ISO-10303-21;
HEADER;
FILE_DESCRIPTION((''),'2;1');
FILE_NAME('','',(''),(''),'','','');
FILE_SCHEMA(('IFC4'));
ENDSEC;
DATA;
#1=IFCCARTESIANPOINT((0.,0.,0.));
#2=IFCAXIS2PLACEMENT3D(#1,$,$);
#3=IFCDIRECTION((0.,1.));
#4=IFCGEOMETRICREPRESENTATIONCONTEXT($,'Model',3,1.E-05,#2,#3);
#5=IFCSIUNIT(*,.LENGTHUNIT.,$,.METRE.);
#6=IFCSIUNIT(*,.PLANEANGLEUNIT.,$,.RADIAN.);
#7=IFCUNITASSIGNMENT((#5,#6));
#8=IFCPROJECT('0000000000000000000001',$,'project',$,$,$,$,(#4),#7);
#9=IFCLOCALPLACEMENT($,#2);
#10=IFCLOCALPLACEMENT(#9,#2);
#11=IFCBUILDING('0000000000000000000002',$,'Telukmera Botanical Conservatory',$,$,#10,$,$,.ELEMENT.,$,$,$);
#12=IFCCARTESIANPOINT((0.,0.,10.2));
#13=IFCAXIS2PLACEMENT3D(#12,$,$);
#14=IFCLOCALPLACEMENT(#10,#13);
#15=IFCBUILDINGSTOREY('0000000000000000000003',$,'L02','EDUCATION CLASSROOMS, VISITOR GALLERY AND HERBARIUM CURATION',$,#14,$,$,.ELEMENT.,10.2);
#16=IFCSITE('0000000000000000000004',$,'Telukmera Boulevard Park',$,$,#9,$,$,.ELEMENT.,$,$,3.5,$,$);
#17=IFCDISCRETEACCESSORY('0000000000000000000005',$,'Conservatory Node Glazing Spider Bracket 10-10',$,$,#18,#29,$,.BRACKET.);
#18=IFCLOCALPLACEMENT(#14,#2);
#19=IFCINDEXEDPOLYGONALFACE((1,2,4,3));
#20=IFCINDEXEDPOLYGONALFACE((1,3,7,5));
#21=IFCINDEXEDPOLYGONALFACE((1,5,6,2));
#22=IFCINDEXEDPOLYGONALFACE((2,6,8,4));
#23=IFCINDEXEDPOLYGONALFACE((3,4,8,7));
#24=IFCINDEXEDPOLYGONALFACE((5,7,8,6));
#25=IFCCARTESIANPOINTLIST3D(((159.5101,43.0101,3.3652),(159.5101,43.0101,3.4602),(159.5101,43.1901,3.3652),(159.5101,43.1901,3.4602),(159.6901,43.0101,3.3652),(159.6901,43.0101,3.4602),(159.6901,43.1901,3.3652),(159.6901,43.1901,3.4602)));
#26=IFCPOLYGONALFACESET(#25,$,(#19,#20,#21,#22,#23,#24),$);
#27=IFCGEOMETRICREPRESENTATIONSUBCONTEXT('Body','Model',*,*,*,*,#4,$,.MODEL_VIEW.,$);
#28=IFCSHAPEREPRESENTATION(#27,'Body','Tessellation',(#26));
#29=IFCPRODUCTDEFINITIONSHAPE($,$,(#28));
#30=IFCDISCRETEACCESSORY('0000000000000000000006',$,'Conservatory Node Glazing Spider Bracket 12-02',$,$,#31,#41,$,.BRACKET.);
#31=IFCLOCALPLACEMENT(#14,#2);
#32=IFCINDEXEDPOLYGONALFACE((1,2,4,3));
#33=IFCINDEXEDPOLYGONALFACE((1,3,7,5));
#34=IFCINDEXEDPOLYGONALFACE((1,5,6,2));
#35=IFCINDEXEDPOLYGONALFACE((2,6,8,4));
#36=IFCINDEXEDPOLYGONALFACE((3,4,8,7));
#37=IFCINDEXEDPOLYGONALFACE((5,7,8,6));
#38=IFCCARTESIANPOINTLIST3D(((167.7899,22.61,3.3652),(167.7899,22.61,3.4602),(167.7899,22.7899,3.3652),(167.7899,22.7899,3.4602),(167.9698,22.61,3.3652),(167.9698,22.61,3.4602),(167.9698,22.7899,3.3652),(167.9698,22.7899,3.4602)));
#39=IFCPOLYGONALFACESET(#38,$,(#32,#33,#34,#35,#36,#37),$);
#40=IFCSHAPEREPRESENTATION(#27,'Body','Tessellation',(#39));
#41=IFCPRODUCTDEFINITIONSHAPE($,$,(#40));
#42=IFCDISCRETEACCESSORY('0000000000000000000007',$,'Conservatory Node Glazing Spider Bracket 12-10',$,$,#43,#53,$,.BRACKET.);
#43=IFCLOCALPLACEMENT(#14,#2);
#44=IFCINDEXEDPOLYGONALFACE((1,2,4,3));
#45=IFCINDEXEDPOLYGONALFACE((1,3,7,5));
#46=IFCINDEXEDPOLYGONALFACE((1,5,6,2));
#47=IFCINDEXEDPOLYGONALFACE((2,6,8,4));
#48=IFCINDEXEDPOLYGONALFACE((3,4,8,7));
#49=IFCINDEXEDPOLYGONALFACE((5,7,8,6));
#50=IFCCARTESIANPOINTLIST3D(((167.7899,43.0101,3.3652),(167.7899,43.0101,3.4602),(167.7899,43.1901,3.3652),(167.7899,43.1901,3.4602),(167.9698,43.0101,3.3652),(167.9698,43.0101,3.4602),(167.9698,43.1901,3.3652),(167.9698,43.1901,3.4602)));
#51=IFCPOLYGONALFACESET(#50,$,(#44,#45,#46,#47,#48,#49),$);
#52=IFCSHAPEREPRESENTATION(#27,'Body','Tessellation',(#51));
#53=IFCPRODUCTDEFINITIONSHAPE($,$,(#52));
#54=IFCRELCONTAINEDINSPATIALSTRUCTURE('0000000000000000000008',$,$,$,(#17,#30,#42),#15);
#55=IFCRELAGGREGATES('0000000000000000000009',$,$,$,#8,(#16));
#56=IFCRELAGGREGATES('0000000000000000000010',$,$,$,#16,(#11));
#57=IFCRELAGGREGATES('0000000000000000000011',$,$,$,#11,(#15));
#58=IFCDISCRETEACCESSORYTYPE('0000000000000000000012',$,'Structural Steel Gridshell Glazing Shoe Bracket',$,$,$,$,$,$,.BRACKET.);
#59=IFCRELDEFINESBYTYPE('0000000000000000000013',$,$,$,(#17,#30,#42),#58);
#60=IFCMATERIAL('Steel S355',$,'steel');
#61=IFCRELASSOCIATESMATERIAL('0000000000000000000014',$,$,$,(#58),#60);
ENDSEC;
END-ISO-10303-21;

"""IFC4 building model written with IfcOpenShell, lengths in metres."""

from ifc_helpers import new_model, si_unit, direction, frame, origin, origin_2d, place, context, subcontext, project, spatial, rectangle, extrude, material, type_object, element, save


model = new_model("IFC4")

# Units and contexts
model_context = context("Model", 3, precision=1e-05, world=origin(), true_north=direction((0.0, 1.0)))
body_context = subcontext(model_context, "Body", "Model", "MODEL_VIEW")
ifc_project = project(units=[si_unit("LENGTHUNIT", "METRE"), si_unit("PLANEANGLEUNIT", "RADIAN")], contexts=[model_context])

# Site, building, storey
site_placement = place(None, origin())
site = spatial("IfcSite", under=ifc_project, at=site_placement, Name="Telukmera Boulevard Park", CompositionType="ELEMENT", RefElevation=3.5)
building_placement = place(site_placement, origin())
building = spatial("IfcBuilding", under=site, at=building_placement, Name="Telukmera Botanical Conservatory", CompositionType="ELEMENT")
storey_placement = place(building_placement, frame((0.0, 0.0, 10.2)))
storey = spatial("IfcBuildingStorey", under=building, at=storey_placement, Name="L02", Description="EDUCATION CLASSROOMS, VISITOR GALLERY AND HERBARIUM CURATION", CompositionType="ELEMENT", Elevation=10.2)

# Discrete accessories
ifc_material_1 = material(Name="Steel S355", Category="steel")
discrete_accessory_type = type_object("IfcDiscreteAccessoryType", Name="Structural Steel Gridshell Glazing Shoe Bracket", PredefinedType="BRACKET", material=ifc_material_1)
for number, where, z_axis, x_axis, name in (
    (1, (159.6001, 43.1001, 3.3652), (0.0, 0.0, 1.0), (1.0, 0.0, 0.0), "Conservatory Node Glazing Spider Bracket 10-10"),
    (2, (167.8799, 22.7, 3.3652), (0.0, 0.0, 1.0), (1.0, 0.0, 0.0), "Conservatory Node Glazing Spider Bracket 12-02"),
    (3, (167.8799, 43.1001, 3.3652), (0.0, 0.0, 1.0), (1.0, 0.0, 0.0), "Conservatory Node Glazing Spider Bracket 12-10"),
):
    element("IfcDiscreteAccessory", number, at=place(storey_placement, frame(where, z_axis=z_axis, x_axis=x_axis)), inside=storey, type_object=discrete_accessory_type, Name=name, PredefinedType="BRACKET", context=body_context, shape_type="SweptSolid", body=[
        extrude(rectangle(XDim=0.1799, YDim=0.1799, at=origin_2d()), origin(), (0.0, 0.0, 1.0), 0.095),
    ])

save(model, "model.ifc")
